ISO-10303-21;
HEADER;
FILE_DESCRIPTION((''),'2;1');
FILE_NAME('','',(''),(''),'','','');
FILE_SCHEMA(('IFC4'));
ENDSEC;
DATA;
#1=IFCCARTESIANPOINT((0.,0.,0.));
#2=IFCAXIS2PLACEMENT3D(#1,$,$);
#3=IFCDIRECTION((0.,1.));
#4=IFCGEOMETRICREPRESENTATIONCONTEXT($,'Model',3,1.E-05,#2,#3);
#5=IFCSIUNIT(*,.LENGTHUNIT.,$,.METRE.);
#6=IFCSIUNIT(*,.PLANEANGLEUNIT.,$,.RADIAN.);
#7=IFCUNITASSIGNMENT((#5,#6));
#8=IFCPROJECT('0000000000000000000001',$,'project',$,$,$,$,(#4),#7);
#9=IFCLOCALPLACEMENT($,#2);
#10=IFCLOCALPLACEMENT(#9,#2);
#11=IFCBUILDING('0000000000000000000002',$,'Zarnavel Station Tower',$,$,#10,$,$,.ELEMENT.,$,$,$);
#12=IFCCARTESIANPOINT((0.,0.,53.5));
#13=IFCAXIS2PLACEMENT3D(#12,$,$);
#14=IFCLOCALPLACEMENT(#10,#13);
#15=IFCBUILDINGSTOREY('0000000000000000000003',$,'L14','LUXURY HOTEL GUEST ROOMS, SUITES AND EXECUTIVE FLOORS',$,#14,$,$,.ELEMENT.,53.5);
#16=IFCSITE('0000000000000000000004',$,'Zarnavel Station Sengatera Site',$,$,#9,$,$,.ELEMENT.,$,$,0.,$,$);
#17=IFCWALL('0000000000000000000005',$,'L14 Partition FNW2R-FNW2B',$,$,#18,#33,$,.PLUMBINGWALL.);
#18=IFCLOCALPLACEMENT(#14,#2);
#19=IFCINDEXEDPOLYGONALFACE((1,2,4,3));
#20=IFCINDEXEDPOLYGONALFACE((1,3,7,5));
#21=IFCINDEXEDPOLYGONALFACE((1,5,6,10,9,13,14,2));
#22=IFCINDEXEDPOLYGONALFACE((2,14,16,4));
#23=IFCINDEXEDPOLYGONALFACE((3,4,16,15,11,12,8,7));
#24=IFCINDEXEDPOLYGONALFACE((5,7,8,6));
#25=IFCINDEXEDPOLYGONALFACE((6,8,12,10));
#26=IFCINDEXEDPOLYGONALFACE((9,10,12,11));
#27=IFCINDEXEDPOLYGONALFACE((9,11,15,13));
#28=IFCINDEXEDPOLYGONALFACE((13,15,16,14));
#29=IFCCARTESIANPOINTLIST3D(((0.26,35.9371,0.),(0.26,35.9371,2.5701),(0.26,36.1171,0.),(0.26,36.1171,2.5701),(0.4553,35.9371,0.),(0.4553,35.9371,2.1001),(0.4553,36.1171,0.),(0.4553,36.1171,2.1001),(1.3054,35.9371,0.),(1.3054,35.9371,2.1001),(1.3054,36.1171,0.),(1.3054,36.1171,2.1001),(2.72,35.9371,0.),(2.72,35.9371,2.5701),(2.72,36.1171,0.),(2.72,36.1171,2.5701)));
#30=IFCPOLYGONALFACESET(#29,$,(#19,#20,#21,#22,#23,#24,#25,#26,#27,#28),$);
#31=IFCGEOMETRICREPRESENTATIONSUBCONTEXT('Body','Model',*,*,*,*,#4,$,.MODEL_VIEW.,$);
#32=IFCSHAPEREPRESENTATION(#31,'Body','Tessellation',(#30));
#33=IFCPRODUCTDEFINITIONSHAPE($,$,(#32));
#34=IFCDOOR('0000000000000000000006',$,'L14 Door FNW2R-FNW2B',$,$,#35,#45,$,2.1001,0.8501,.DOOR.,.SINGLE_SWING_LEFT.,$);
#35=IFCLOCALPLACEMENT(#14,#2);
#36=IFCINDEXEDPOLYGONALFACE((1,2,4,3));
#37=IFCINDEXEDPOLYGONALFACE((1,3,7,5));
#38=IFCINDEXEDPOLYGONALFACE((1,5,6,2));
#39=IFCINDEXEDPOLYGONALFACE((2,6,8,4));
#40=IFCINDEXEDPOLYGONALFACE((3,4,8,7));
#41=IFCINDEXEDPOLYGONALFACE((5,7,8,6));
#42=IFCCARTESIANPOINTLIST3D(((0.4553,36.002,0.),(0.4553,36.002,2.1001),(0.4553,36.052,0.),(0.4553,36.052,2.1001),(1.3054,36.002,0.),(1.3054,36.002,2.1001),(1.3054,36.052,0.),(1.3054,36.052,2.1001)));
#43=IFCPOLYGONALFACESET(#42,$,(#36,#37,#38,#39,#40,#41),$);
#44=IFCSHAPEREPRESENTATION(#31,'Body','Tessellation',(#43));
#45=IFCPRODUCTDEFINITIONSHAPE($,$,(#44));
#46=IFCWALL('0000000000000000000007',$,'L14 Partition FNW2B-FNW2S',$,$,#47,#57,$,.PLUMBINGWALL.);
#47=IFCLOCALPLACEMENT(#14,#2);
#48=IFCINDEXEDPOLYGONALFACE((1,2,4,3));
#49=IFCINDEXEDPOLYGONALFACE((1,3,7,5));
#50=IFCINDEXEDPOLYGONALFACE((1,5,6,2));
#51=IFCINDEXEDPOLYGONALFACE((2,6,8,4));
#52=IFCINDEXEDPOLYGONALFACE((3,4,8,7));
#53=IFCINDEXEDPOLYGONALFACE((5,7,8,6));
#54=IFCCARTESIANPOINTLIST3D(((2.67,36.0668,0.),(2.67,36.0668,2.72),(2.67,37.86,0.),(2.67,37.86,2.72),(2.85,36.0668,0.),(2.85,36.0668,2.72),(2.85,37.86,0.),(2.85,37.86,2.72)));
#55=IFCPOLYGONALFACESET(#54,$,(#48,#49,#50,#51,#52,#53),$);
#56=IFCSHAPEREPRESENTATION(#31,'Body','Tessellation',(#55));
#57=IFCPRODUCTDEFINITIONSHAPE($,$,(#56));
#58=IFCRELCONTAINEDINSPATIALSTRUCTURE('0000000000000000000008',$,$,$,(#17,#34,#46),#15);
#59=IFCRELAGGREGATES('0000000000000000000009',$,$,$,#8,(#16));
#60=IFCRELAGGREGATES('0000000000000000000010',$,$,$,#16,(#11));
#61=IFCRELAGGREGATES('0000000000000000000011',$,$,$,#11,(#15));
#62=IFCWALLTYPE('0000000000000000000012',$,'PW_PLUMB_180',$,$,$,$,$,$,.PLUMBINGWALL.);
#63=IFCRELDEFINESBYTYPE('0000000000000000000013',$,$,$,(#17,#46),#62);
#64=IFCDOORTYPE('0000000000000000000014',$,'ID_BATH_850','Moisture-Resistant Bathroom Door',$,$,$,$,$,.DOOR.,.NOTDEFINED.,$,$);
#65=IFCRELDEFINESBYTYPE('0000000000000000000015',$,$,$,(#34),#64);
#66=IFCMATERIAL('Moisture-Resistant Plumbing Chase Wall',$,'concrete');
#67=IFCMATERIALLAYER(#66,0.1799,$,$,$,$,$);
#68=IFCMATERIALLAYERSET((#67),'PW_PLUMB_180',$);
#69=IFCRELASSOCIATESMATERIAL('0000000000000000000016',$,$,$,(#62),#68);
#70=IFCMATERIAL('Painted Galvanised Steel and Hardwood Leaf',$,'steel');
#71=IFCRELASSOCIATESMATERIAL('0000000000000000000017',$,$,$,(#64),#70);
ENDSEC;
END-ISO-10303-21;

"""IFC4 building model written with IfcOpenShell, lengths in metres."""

from ifc_helpers import new_model, si_unit, direction, frame, frame_2d, origin, place, context, subcontext, project, spatial, rectangle, extrude, material, layer, layer_set, type_object, element, fill, save


model = new_model("IFC4")

# Units and contexts
model_context = context("Model", 3, precision=1e-05, world=origin(), true_north=direction((0.0, 1.0)))
body_context = subcontext(model_context, "Body", "Model", "MODEL_VIEW")
ifc_project = project(units=[si_unit("LENGTHUNIT", "METRE"), si_unit("PLANEANGLEUNIT", "RADIAN")], contexts=[model_context])

# Site, building, storey
site_placement = place(None, origin())
site = spatial("IfcSite", under=ifc_project, at=site_placement, Name="Zarnavel Station Sengatera Site", CompositionType="ELEMENT", RefElevation=0.0)
building_placement = place(site_placement, origin())
building = spatial("IfcBuilding", under=site, at=building_placement, Name="Zarnavel Station Tower", CompositionType="ELEMENT")
storey_placement = place(building_placement, frame((0.0, 0.0, 53.5)))
storey = spatial("IfcBuildingStorey", under=building, at=storey_placement, Name="L14", Description="LUXURY HOTEL GUEST ROOMS, SUITES AND EXECUTIVE FLOORS", CompositionType="ELEMENT", Elevation=53.5)

# Shared definitions
ifc_material_1 = material(Name="Moisture-Resistant Plumbing Chase Wall", Category="concrete")
ifc_layer_1 = layer(ifc_material_1, 0.1799)
ifc_layer_set_1 = layer_set([ifc_layer_1], Name="PW_PLUMB_180")
wall_type_1 = type_object("IfcWallType", Name="PW_PLUMB_180", PredefinedType="PLUMBINGWALL", material=ifc_layer_set_1)
ifc_material_2 = material(Name="Painted Galvanised Steel and Hardwood Leaf", Category="steel")
door_type_1 = type_object("IfcDoorType", Name="ID_BATH_850", Description="Moisture-Resistant Bathroom Door", OperationType="NOTDEFINED", PredefinedType="DOOR", material=ifc_material_2)

# Wall, opening, door
wall_1_placement = place(storey_placement, frame((0.26, 36.0271, 0.0), z_axis=(0.0, 0.0, 1.0), x_axis=(1.0, 0.0, 0.0)))
wall_1 = element("IfcWall", 1, at=wall_1_placement, inside=storey, type_object=wall_type_1, Name="L14 Partition FNW2R-FNW2B", PredefinedType="PLUMBINGWALL", context=body_context, shape_type="SweptSolid", body=[
    extrude(rectangle(XDim=2.46, YDim=0.1799, at=frame_2d((1.23, 0.0))), origin(), (0.0, 0.0, 1.0), 2.5701),
])
opening_1_placement = place(wall_1_placement, frame((0.1953, 0.0, 0.0)))
opening_1 = element("IfcOpeningElement", 2, at=opening_1_placement, cuts=wall_1, PredefinedType="OPENING", context=body_context, shape_type="SweptSolid", body=[
    extrude(rectangle(XDim=0.8501, YDim=2.1001, at=frame_2d((0.425, 1.05))), frame((0.0, 0.0999, 0.0), z_axis=(0.0, -1.0, 0.0), x_axis=(1.0, 0.0, 0.0)), (0.0, 0.0, 1.0), 0.2),
])
door_1_placement = place(opening_1_placement, origin())
door_1 = element("IfcDoor", 3, at=door_1_placement, inside=storey, type_object=door_type_1, Name="L14 Door FNW2R-FNW2B", OperationType="SINGLE_SWING_LEFT", OverallHeight=2.1001, OverallWidth=0.8501, PredefinedType="DOOR", context=body_context, shape_type="SweptSolid", body=[
    extrude(rectangle(XDim=0.8501, YDim=2.1001, at=frame_2d((0.425, 1.05))), frame((0.0, 0.0249, 0.0), z_axis=(0.0, -1.0, 0.0), x_axis=(1.0, 0.0, 0.0)), (0.0, 0.0, 1.0), 0.05),
])
fill(opening_1, door_1)

# Wall
wall_2_placement = place(storey_placement, frame((2.76, 36.0669, 0.0), z_axis=(0.0, 0.0, 1.0), x_axis=(0.0, 1.0, 0.0)))
element("IfcWall", 4, at=wall_2_placement, inside=storey, type_object=wall_type_1, Name="L14 Partition FNW2B-FNW2S", PredefinedType="PLUMBINGWALL", context=body_context, shape_type="SweptSolid", body=[
    extrude(rectangle(XDim=1.7932, YDim=0.1799, at=frame_2d((0.8965, 0.0))), origin(), (0.0, 0.0, 1.0), 2.72),
])

save(model, "model.ifc")
